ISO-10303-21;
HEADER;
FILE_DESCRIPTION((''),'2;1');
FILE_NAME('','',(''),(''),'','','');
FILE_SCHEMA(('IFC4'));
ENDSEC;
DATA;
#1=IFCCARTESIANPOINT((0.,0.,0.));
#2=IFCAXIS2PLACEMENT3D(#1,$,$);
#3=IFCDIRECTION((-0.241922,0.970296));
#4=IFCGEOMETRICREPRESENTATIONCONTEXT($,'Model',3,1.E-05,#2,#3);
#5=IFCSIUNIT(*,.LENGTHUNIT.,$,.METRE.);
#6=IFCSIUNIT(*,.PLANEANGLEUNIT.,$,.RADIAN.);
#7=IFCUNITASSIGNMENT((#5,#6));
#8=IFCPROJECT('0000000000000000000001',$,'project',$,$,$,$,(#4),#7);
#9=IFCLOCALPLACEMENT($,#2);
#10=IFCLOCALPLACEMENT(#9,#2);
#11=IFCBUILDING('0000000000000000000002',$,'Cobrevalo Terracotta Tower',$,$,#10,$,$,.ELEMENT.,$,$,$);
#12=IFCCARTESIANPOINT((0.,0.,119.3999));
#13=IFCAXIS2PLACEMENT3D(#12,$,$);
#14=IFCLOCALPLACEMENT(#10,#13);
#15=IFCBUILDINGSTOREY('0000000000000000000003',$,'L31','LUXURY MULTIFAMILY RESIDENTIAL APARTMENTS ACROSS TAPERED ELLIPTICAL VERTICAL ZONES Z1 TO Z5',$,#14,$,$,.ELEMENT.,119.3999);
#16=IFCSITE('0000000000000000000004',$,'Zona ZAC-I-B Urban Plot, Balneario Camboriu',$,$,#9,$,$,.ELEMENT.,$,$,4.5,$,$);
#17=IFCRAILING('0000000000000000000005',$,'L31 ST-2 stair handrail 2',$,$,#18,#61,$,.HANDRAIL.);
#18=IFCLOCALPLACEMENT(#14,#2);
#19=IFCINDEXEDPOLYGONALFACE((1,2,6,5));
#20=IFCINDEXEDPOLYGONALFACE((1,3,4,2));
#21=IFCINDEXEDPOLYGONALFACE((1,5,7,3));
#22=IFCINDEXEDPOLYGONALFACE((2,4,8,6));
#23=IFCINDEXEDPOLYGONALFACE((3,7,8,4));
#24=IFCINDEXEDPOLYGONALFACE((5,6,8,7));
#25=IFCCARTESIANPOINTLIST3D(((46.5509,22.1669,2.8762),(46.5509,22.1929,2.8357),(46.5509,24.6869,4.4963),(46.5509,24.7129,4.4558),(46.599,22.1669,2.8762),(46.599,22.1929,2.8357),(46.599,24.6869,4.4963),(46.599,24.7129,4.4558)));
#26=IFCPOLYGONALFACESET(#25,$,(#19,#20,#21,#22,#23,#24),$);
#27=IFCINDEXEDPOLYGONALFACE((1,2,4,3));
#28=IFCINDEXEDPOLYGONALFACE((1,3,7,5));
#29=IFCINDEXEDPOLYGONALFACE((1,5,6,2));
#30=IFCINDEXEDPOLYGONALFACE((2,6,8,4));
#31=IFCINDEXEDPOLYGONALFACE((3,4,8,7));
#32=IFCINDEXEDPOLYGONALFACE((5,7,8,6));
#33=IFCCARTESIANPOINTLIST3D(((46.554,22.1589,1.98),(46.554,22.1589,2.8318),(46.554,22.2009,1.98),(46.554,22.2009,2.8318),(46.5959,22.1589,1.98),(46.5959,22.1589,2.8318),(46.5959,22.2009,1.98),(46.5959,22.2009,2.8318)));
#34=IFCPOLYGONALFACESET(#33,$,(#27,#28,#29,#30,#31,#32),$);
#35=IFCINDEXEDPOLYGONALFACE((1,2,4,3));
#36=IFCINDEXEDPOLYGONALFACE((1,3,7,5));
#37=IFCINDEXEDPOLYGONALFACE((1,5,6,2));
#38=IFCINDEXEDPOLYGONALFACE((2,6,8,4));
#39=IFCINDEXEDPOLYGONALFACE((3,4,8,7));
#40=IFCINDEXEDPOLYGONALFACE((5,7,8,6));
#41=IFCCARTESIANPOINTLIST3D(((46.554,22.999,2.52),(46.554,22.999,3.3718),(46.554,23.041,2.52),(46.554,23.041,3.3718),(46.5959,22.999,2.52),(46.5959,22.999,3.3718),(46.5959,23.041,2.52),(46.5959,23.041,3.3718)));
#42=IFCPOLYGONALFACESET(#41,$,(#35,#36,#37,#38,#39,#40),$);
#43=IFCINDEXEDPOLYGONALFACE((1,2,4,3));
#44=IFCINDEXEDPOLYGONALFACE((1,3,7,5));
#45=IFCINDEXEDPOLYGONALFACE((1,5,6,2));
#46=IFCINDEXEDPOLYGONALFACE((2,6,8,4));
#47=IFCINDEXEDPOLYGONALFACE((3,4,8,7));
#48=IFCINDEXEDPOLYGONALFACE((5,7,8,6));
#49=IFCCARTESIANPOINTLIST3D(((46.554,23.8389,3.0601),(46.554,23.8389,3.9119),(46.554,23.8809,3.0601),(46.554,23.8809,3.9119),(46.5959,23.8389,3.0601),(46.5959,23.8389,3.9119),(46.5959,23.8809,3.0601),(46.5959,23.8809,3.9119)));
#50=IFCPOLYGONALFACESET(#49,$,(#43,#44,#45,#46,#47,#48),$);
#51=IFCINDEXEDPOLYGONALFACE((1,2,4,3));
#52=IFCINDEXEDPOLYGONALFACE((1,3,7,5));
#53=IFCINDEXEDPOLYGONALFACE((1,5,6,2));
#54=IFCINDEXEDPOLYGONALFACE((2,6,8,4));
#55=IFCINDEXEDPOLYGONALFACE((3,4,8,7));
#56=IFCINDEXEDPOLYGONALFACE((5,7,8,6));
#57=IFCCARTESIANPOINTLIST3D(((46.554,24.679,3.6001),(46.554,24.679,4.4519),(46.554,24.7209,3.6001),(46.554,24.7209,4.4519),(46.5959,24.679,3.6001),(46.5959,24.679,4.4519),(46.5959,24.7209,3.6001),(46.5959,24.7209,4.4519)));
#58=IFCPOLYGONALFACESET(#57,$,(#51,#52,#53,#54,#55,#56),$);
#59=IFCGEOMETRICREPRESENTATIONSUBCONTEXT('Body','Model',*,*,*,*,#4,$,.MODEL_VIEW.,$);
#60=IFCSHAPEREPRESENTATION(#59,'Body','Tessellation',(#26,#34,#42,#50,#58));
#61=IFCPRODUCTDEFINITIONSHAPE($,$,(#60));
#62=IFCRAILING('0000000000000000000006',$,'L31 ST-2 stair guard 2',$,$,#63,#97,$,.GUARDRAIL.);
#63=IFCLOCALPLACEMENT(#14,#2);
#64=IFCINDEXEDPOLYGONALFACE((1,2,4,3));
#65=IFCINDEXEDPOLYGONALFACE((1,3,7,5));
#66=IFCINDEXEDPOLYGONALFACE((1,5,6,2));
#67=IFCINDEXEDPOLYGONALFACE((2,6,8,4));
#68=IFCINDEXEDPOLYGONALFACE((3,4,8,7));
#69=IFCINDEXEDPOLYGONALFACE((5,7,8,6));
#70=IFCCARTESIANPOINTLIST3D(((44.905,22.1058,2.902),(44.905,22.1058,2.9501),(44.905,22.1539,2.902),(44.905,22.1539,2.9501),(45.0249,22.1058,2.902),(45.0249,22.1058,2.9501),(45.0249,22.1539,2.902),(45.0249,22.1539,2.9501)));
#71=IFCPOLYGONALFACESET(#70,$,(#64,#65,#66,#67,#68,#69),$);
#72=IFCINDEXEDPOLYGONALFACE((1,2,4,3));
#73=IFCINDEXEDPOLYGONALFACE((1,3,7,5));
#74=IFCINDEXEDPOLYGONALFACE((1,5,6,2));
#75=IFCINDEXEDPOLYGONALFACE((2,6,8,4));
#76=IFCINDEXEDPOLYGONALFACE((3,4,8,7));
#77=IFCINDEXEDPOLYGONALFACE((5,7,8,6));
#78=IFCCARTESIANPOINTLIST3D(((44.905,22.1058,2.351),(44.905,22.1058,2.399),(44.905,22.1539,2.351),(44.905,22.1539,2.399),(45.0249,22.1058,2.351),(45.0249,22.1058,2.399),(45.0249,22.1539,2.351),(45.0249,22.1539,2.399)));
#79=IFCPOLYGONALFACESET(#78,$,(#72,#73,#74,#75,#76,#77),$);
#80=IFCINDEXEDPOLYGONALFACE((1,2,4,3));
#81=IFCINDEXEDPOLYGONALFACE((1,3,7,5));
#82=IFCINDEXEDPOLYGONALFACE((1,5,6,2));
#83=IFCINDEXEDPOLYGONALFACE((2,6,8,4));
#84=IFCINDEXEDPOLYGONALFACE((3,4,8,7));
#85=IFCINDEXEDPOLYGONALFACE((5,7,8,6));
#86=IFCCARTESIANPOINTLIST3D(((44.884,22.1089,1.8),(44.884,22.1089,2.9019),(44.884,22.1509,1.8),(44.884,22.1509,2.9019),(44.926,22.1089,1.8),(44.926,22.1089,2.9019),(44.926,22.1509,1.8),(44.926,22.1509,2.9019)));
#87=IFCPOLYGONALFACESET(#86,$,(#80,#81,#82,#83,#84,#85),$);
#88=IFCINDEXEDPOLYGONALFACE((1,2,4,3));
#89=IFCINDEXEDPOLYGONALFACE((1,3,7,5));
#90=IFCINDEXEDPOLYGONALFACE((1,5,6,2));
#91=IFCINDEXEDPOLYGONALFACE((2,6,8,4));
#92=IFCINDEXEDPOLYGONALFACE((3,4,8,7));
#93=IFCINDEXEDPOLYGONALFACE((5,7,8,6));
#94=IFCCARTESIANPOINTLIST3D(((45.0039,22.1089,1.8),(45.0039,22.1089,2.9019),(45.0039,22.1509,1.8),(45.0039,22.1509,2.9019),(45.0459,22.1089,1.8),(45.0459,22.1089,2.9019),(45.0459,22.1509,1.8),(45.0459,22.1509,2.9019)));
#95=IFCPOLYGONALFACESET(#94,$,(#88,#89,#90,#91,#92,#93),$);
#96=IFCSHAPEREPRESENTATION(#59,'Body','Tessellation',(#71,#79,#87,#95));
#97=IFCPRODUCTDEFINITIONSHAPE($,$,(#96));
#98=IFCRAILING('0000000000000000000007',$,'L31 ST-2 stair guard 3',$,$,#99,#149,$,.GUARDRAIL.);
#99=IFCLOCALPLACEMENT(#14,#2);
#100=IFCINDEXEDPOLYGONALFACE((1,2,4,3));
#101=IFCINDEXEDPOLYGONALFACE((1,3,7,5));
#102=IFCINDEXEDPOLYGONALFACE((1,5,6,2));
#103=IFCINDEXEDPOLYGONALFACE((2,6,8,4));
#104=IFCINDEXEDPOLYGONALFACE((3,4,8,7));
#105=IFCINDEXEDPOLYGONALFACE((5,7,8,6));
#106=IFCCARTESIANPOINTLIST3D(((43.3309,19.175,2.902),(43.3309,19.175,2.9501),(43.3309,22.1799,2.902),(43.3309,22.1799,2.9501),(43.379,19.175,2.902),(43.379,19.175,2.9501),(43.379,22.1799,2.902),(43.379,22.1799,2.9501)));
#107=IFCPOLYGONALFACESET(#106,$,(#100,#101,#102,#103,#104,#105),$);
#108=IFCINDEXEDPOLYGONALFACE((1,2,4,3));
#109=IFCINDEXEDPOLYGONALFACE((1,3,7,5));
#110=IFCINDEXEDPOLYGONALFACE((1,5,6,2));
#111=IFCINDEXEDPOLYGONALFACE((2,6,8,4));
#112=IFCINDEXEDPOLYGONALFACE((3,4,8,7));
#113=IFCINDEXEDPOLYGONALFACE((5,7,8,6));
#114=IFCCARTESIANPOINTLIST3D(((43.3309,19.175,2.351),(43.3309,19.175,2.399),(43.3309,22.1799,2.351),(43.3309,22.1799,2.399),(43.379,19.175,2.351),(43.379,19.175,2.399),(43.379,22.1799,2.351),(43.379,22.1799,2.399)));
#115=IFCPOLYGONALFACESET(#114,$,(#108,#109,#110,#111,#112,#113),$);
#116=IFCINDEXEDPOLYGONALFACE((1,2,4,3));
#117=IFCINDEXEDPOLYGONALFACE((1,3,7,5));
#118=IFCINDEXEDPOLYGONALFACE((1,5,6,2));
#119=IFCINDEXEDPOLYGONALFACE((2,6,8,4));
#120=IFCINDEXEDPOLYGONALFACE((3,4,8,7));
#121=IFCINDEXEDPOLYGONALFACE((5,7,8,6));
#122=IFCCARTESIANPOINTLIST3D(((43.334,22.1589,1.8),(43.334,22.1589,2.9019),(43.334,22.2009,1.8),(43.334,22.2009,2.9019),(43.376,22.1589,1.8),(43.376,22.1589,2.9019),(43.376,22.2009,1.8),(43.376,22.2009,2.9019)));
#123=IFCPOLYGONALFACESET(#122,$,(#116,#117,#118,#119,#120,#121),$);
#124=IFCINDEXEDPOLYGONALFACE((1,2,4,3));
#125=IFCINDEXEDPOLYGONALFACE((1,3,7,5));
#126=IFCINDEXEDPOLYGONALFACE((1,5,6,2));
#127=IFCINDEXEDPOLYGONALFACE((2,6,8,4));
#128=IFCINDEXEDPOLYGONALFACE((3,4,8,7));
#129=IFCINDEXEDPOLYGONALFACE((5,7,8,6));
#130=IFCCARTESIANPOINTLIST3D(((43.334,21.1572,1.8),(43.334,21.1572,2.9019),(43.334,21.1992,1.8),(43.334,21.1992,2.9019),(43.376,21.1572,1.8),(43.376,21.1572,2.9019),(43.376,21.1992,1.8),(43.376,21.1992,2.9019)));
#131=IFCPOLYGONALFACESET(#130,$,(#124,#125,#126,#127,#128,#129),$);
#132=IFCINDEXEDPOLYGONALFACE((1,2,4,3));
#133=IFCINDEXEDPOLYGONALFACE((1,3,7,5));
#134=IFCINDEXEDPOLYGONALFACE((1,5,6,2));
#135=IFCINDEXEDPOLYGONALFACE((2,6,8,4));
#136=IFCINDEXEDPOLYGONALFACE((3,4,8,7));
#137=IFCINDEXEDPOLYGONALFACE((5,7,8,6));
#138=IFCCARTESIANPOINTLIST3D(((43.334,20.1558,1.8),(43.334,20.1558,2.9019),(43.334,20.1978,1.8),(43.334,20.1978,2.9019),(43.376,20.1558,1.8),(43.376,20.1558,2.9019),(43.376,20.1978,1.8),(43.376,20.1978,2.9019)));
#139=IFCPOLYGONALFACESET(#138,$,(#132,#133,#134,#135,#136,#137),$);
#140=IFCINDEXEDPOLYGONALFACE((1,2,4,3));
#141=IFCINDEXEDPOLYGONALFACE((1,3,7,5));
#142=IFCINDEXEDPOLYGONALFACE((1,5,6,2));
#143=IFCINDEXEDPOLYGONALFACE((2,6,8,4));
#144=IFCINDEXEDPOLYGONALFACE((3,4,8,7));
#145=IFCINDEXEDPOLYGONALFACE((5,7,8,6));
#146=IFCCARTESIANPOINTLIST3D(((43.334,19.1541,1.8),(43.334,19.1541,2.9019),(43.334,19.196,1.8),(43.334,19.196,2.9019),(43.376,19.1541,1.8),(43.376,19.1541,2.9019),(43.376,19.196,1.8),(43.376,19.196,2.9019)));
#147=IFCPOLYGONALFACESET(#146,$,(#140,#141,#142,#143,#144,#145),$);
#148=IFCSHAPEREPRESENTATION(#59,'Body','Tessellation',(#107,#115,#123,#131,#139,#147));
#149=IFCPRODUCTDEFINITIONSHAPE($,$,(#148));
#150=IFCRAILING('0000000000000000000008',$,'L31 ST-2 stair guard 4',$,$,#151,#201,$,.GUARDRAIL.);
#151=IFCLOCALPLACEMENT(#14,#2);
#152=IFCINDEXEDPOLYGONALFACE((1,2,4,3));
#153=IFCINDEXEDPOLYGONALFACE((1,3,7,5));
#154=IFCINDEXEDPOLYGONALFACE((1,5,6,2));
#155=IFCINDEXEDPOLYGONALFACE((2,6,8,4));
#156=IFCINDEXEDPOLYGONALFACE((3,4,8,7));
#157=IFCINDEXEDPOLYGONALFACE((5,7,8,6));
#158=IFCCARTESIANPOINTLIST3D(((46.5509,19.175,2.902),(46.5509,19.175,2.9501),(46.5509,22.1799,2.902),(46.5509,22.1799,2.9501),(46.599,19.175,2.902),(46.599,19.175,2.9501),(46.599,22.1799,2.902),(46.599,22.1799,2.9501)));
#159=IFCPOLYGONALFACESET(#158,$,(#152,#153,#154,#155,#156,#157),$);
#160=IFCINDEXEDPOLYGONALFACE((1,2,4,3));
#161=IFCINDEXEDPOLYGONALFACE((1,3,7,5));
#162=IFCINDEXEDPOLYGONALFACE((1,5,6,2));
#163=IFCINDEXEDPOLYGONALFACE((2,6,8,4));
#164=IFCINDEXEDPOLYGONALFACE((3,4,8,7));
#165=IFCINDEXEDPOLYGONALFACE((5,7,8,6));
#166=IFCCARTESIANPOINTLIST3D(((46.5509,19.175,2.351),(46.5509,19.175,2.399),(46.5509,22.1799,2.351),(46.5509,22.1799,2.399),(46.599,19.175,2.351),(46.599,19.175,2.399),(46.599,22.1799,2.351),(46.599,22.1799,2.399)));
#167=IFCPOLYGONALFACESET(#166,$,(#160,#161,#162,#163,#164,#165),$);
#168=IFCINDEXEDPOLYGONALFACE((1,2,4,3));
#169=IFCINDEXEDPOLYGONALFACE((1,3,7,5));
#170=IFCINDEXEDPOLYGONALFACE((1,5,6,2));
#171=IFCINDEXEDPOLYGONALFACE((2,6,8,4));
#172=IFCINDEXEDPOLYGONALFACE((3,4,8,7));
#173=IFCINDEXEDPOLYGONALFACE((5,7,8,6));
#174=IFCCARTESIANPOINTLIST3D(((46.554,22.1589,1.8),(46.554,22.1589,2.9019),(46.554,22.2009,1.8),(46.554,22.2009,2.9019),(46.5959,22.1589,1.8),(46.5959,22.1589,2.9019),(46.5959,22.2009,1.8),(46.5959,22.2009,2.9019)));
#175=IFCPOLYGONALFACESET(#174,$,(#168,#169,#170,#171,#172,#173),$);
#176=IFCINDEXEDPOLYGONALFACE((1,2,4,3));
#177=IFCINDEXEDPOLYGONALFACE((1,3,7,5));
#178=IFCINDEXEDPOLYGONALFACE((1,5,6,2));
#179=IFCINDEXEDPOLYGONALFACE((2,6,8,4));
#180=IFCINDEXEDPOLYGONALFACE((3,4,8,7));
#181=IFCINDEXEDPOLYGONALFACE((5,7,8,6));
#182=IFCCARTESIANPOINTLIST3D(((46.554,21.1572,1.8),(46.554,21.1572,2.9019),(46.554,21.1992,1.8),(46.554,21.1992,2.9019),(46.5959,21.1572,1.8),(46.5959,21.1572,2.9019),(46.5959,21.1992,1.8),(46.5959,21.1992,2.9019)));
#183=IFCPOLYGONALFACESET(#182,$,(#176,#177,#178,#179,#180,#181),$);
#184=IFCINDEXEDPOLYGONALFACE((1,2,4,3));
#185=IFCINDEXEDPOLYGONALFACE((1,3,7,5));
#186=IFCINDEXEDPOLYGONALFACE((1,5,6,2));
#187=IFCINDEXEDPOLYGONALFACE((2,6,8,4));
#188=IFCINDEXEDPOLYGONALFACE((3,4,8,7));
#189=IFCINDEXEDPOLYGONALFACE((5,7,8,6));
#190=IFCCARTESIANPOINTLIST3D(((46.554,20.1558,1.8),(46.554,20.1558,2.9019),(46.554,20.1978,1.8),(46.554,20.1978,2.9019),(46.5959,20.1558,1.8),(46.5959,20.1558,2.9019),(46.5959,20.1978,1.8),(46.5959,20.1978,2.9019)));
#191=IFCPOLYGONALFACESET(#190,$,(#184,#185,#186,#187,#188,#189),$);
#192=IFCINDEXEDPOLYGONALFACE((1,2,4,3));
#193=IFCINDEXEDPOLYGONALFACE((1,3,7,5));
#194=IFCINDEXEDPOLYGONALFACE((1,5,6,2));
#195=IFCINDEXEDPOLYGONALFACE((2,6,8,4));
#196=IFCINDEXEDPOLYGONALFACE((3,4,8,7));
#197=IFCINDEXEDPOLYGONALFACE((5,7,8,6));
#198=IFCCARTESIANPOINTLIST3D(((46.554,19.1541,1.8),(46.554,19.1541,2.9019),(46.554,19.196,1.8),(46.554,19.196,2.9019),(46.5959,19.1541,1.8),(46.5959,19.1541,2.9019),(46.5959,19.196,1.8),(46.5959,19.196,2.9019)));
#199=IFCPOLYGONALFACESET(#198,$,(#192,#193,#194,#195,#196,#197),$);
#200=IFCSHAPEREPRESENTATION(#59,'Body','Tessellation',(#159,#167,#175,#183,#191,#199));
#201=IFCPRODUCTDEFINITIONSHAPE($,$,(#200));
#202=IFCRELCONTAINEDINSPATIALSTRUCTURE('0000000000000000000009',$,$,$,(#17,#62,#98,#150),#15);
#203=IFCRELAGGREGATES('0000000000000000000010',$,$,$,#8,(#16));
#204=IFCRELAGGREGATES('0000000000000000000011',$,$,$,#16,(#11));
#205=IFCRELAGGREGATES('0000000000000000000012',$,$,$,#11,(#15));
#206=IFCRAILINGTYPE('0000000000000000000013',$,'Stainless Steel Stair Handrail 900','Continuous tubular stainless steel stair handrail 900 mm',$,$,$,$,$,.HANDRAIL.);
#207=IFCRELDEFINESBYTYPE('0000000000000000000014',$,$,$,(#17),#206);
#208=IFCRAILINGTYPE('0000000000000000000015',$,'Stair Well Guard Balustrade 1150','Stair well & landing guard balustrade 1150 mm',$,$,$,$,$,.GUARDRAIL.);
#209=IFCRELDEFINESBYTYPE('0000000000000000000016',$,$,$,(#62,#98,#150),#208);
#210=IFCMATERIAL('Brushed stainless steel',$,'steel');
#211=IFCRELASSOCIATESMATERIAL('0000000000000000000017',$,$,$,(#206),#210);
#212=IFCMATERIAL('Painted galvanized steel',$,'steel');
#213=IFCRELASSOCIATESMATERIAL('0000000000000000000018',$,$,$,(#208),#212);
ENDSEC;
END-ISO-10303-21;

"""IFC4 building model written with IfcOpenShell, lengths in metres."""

from ifc_helpers import new_model, si_unit, direction, frame, origin, origin_2d, place, context, subcontext, project, spatial, rectangle, extrude, material, type_object, element, save


model = new_model("IFC4")

# Units and contexts
model_context = context("Model", 3, precision=1e-05, world=origin(), true_north=direction((-0.241922, 0.970296)))
body_context = subcontext(model_context, "Body", "Model", "MODEL_VIEW")
ifc_project = project(units=[si_unit("LENGTHUNIT", "METRE"), si_unit("PLANEANGLEUNIT", "RADIAN")], contexts=[model_context])

# Site, building, storey
site_placement = place(None, origin())
site = spatial("IfcSite", under=ifc_project, at=site_placement, Name="Zona ZAC-I-B Urban Plot, Balneario Camboriu", CompositionType="ELEMENT", RefElevation=4.5)
building_placement = place(site_placement, origin())
building = spatial("IfcBuilding", under=site, at=building_placement, Name="Cobrevalo Terracotta Tower", CompositionType="ELEMENT")
storey_placement = place(building_placement, frame((0.0, 0.0, 119.3999)))
storey = spatial("IfcBuildingStorey", under=building, at=storey_placement, Name="L31", Description="LUXURY MULTIFAMILY RESIDENTIAL APARTMENTS ACROSS TAPERED ELLIPTICAL VERTICAL ZONES Z1 TO Z5", CompositionType="ELEMENT", Elevation=119.3999)

# Railings
ifc_material_1 = material(Name="Brushed stainless steel", Category="steel")
railing_type_1 = type_object("IfcRailingType", Name="Stainless Steel Stair Handrail 900", Description="Continuous tubular stainless steel stair handrail 900 mm", PredefinedType="HANDRAIL", material=ifc_material_1)
railing_1_placement = place(storey_placement, frame((46.575, 22.1799, 1.98)))
element("IfcRailing", 1, at=railing_1_placement, inside=storey, type_object=railing_type_1, Name="L31 ST-2 stair handrail 2", PredefinedType="HANDRAIL", context=body_context, shape_type="SweptSolid", body=[
    extrude(rectangle(XDim=0.0481, YDim=0.0481, at=origin_2d()), frame((0.0, 0.0, 0.876), z_axis=(0.0, 0.841163, 0.540782), x_axis=(-1.0, 0.0, 0.0)), (0.0, 0.0, 1.0), 2.9958),
    extrude(rectangle(XDim=0.042, YDim=0.042, at=origin_2d()), origin(), (0.0, 0.0, 1.0), 0.8518),
    extrude(rectangle(XDim=0.042, YDim=0.042, at=origin_2d()), frame((0.0, 0.8401, 0.54)), (0.0, 0.0, 1.0), 0.8518),
    extrude(rectangle(XDim=0.042, YDim=0.042, at=origin_2d()), frame((0.0, 1.6799, 1.0801)), (0.0, 0.0, 1.0), 0.8518),
    extrude(rectangle(XDim=0.042, YDim=0.042, at=origin_2d()), frame((0.0, 2.52, 1.6201)), (0.0, 0.0, 1.0), 0.8518),
])
ifc_material_2 = material(Name="Painted galvanized steel", Category="steel")
railing_type_2 = type_object("IfcRailingType", Name="Stair Well Guard Balustrade 1150", Description="Stair well & landing guard balustrade 1150 mm", PredefinedType="GUARDRAIL", material=ifc_material_2)
railing_2_placement = place(storey_placement, frame((44.905, 22.1299, 1.8)))
element("IfcRailing", 2, at=railing_2_placement, inside=storey, type_object=railing_type_2, Name="L31 ST-2 stair guard 2", PredefinedType="GUARDRAIL", context=body_context, shape_type="SweptSolid", body=[
    extrude(rectangle(XDim=0.0481, YDim=0.0481, at=origin_2d()), frame((0.0, 0.0, 1.126), z_axis=(1.0, 0.0, 0.0), x_axis=(0.0, 1.0, 0.0)), (0.0, 0.0, 1.0), 0.1199),
    extrude(rectangle(XDim=0.0481, YDim=0.0481, at=origin_2d()), frame((0.0, 0.0, 0.575), z_axis=(1.0, 0.0, 0.0), x_axis=(0.0, 1.0, 0.0)), (0.0, 0.0, 1.0), 0.1199),
    extrude(rectangle(XDim=0.042, YDim=0.042, at=origin_2d()), origin(), (0.0, 0.0, 1.0), 1.1018),
    extrude(rectangle(XDim=0.042, YDim=0.042, at=origin_2d()), frame((0.1199, 0.0, 0.0)), (0.0, 0.0, 1.0), 1.1018),
])
for number, where, name in (
    (3, (43.355, 22.1799, 1.8), "L31 ST-2 stair guard 3"),
    (4, (46.575, 22.1799, 1.8), "L31 ST-2 stair guard 4"),
):
    element("IfcRailing", number, at=place(storey_placement, frame(where)), inside=storey, type_object=railing_type_2, Name=name, PredefinedType="GUARDRAIL", context=body_context, shape_type="SweptSolid", body=[
        extrude(rectangle(XDim=0.0481, YDim=0.0481, at=origin_2d()), frame((0.0, 0.0, 1.126), z_axis=(0.0, -1.0, 0.0), x_axis=(1.0, 0.0, 0.0)), (0.0, 0.0, 1.0), 3.0049),
        extrude(rectangle(XDim=0.0481, YDim=0.0481, at=origin_2d()), frame((0.0, 0.0, 0.575), z_axis=(0.0, -1.0, 0.0), x_axis=(1.0, 0.0, 0.0)), (0.0, 0.0, 1.0), 3.0049),
        extrude(rectangle(XDim=0.042, YDim=0.042, at=origin_2d()), origin(), (0.0, 0.0, 1.0), 1.1018),
        extrude(rectangle(XDim=0.042, YDim=0.042, at=origin_2d()), frame((0.0, -1.0017, 0.0)), (0.0, 0.0, 1.0), 1.1018),
        extrude(rectangle(XDim=0.042, YDim=0.042, at=origin_2d()), frame((0.0, -2.0032, 0.0)), (0.0, 0.0, 1.0), 1.1018),
        extrude(rectangle(XDim=0.042, YDim=0.042, at=origin_2d()), frame((0.0, -3.0049, 0.0)), (0.0, 0.0, 1.0), 1.1018),
    ])

save(model, "model.ifc")
